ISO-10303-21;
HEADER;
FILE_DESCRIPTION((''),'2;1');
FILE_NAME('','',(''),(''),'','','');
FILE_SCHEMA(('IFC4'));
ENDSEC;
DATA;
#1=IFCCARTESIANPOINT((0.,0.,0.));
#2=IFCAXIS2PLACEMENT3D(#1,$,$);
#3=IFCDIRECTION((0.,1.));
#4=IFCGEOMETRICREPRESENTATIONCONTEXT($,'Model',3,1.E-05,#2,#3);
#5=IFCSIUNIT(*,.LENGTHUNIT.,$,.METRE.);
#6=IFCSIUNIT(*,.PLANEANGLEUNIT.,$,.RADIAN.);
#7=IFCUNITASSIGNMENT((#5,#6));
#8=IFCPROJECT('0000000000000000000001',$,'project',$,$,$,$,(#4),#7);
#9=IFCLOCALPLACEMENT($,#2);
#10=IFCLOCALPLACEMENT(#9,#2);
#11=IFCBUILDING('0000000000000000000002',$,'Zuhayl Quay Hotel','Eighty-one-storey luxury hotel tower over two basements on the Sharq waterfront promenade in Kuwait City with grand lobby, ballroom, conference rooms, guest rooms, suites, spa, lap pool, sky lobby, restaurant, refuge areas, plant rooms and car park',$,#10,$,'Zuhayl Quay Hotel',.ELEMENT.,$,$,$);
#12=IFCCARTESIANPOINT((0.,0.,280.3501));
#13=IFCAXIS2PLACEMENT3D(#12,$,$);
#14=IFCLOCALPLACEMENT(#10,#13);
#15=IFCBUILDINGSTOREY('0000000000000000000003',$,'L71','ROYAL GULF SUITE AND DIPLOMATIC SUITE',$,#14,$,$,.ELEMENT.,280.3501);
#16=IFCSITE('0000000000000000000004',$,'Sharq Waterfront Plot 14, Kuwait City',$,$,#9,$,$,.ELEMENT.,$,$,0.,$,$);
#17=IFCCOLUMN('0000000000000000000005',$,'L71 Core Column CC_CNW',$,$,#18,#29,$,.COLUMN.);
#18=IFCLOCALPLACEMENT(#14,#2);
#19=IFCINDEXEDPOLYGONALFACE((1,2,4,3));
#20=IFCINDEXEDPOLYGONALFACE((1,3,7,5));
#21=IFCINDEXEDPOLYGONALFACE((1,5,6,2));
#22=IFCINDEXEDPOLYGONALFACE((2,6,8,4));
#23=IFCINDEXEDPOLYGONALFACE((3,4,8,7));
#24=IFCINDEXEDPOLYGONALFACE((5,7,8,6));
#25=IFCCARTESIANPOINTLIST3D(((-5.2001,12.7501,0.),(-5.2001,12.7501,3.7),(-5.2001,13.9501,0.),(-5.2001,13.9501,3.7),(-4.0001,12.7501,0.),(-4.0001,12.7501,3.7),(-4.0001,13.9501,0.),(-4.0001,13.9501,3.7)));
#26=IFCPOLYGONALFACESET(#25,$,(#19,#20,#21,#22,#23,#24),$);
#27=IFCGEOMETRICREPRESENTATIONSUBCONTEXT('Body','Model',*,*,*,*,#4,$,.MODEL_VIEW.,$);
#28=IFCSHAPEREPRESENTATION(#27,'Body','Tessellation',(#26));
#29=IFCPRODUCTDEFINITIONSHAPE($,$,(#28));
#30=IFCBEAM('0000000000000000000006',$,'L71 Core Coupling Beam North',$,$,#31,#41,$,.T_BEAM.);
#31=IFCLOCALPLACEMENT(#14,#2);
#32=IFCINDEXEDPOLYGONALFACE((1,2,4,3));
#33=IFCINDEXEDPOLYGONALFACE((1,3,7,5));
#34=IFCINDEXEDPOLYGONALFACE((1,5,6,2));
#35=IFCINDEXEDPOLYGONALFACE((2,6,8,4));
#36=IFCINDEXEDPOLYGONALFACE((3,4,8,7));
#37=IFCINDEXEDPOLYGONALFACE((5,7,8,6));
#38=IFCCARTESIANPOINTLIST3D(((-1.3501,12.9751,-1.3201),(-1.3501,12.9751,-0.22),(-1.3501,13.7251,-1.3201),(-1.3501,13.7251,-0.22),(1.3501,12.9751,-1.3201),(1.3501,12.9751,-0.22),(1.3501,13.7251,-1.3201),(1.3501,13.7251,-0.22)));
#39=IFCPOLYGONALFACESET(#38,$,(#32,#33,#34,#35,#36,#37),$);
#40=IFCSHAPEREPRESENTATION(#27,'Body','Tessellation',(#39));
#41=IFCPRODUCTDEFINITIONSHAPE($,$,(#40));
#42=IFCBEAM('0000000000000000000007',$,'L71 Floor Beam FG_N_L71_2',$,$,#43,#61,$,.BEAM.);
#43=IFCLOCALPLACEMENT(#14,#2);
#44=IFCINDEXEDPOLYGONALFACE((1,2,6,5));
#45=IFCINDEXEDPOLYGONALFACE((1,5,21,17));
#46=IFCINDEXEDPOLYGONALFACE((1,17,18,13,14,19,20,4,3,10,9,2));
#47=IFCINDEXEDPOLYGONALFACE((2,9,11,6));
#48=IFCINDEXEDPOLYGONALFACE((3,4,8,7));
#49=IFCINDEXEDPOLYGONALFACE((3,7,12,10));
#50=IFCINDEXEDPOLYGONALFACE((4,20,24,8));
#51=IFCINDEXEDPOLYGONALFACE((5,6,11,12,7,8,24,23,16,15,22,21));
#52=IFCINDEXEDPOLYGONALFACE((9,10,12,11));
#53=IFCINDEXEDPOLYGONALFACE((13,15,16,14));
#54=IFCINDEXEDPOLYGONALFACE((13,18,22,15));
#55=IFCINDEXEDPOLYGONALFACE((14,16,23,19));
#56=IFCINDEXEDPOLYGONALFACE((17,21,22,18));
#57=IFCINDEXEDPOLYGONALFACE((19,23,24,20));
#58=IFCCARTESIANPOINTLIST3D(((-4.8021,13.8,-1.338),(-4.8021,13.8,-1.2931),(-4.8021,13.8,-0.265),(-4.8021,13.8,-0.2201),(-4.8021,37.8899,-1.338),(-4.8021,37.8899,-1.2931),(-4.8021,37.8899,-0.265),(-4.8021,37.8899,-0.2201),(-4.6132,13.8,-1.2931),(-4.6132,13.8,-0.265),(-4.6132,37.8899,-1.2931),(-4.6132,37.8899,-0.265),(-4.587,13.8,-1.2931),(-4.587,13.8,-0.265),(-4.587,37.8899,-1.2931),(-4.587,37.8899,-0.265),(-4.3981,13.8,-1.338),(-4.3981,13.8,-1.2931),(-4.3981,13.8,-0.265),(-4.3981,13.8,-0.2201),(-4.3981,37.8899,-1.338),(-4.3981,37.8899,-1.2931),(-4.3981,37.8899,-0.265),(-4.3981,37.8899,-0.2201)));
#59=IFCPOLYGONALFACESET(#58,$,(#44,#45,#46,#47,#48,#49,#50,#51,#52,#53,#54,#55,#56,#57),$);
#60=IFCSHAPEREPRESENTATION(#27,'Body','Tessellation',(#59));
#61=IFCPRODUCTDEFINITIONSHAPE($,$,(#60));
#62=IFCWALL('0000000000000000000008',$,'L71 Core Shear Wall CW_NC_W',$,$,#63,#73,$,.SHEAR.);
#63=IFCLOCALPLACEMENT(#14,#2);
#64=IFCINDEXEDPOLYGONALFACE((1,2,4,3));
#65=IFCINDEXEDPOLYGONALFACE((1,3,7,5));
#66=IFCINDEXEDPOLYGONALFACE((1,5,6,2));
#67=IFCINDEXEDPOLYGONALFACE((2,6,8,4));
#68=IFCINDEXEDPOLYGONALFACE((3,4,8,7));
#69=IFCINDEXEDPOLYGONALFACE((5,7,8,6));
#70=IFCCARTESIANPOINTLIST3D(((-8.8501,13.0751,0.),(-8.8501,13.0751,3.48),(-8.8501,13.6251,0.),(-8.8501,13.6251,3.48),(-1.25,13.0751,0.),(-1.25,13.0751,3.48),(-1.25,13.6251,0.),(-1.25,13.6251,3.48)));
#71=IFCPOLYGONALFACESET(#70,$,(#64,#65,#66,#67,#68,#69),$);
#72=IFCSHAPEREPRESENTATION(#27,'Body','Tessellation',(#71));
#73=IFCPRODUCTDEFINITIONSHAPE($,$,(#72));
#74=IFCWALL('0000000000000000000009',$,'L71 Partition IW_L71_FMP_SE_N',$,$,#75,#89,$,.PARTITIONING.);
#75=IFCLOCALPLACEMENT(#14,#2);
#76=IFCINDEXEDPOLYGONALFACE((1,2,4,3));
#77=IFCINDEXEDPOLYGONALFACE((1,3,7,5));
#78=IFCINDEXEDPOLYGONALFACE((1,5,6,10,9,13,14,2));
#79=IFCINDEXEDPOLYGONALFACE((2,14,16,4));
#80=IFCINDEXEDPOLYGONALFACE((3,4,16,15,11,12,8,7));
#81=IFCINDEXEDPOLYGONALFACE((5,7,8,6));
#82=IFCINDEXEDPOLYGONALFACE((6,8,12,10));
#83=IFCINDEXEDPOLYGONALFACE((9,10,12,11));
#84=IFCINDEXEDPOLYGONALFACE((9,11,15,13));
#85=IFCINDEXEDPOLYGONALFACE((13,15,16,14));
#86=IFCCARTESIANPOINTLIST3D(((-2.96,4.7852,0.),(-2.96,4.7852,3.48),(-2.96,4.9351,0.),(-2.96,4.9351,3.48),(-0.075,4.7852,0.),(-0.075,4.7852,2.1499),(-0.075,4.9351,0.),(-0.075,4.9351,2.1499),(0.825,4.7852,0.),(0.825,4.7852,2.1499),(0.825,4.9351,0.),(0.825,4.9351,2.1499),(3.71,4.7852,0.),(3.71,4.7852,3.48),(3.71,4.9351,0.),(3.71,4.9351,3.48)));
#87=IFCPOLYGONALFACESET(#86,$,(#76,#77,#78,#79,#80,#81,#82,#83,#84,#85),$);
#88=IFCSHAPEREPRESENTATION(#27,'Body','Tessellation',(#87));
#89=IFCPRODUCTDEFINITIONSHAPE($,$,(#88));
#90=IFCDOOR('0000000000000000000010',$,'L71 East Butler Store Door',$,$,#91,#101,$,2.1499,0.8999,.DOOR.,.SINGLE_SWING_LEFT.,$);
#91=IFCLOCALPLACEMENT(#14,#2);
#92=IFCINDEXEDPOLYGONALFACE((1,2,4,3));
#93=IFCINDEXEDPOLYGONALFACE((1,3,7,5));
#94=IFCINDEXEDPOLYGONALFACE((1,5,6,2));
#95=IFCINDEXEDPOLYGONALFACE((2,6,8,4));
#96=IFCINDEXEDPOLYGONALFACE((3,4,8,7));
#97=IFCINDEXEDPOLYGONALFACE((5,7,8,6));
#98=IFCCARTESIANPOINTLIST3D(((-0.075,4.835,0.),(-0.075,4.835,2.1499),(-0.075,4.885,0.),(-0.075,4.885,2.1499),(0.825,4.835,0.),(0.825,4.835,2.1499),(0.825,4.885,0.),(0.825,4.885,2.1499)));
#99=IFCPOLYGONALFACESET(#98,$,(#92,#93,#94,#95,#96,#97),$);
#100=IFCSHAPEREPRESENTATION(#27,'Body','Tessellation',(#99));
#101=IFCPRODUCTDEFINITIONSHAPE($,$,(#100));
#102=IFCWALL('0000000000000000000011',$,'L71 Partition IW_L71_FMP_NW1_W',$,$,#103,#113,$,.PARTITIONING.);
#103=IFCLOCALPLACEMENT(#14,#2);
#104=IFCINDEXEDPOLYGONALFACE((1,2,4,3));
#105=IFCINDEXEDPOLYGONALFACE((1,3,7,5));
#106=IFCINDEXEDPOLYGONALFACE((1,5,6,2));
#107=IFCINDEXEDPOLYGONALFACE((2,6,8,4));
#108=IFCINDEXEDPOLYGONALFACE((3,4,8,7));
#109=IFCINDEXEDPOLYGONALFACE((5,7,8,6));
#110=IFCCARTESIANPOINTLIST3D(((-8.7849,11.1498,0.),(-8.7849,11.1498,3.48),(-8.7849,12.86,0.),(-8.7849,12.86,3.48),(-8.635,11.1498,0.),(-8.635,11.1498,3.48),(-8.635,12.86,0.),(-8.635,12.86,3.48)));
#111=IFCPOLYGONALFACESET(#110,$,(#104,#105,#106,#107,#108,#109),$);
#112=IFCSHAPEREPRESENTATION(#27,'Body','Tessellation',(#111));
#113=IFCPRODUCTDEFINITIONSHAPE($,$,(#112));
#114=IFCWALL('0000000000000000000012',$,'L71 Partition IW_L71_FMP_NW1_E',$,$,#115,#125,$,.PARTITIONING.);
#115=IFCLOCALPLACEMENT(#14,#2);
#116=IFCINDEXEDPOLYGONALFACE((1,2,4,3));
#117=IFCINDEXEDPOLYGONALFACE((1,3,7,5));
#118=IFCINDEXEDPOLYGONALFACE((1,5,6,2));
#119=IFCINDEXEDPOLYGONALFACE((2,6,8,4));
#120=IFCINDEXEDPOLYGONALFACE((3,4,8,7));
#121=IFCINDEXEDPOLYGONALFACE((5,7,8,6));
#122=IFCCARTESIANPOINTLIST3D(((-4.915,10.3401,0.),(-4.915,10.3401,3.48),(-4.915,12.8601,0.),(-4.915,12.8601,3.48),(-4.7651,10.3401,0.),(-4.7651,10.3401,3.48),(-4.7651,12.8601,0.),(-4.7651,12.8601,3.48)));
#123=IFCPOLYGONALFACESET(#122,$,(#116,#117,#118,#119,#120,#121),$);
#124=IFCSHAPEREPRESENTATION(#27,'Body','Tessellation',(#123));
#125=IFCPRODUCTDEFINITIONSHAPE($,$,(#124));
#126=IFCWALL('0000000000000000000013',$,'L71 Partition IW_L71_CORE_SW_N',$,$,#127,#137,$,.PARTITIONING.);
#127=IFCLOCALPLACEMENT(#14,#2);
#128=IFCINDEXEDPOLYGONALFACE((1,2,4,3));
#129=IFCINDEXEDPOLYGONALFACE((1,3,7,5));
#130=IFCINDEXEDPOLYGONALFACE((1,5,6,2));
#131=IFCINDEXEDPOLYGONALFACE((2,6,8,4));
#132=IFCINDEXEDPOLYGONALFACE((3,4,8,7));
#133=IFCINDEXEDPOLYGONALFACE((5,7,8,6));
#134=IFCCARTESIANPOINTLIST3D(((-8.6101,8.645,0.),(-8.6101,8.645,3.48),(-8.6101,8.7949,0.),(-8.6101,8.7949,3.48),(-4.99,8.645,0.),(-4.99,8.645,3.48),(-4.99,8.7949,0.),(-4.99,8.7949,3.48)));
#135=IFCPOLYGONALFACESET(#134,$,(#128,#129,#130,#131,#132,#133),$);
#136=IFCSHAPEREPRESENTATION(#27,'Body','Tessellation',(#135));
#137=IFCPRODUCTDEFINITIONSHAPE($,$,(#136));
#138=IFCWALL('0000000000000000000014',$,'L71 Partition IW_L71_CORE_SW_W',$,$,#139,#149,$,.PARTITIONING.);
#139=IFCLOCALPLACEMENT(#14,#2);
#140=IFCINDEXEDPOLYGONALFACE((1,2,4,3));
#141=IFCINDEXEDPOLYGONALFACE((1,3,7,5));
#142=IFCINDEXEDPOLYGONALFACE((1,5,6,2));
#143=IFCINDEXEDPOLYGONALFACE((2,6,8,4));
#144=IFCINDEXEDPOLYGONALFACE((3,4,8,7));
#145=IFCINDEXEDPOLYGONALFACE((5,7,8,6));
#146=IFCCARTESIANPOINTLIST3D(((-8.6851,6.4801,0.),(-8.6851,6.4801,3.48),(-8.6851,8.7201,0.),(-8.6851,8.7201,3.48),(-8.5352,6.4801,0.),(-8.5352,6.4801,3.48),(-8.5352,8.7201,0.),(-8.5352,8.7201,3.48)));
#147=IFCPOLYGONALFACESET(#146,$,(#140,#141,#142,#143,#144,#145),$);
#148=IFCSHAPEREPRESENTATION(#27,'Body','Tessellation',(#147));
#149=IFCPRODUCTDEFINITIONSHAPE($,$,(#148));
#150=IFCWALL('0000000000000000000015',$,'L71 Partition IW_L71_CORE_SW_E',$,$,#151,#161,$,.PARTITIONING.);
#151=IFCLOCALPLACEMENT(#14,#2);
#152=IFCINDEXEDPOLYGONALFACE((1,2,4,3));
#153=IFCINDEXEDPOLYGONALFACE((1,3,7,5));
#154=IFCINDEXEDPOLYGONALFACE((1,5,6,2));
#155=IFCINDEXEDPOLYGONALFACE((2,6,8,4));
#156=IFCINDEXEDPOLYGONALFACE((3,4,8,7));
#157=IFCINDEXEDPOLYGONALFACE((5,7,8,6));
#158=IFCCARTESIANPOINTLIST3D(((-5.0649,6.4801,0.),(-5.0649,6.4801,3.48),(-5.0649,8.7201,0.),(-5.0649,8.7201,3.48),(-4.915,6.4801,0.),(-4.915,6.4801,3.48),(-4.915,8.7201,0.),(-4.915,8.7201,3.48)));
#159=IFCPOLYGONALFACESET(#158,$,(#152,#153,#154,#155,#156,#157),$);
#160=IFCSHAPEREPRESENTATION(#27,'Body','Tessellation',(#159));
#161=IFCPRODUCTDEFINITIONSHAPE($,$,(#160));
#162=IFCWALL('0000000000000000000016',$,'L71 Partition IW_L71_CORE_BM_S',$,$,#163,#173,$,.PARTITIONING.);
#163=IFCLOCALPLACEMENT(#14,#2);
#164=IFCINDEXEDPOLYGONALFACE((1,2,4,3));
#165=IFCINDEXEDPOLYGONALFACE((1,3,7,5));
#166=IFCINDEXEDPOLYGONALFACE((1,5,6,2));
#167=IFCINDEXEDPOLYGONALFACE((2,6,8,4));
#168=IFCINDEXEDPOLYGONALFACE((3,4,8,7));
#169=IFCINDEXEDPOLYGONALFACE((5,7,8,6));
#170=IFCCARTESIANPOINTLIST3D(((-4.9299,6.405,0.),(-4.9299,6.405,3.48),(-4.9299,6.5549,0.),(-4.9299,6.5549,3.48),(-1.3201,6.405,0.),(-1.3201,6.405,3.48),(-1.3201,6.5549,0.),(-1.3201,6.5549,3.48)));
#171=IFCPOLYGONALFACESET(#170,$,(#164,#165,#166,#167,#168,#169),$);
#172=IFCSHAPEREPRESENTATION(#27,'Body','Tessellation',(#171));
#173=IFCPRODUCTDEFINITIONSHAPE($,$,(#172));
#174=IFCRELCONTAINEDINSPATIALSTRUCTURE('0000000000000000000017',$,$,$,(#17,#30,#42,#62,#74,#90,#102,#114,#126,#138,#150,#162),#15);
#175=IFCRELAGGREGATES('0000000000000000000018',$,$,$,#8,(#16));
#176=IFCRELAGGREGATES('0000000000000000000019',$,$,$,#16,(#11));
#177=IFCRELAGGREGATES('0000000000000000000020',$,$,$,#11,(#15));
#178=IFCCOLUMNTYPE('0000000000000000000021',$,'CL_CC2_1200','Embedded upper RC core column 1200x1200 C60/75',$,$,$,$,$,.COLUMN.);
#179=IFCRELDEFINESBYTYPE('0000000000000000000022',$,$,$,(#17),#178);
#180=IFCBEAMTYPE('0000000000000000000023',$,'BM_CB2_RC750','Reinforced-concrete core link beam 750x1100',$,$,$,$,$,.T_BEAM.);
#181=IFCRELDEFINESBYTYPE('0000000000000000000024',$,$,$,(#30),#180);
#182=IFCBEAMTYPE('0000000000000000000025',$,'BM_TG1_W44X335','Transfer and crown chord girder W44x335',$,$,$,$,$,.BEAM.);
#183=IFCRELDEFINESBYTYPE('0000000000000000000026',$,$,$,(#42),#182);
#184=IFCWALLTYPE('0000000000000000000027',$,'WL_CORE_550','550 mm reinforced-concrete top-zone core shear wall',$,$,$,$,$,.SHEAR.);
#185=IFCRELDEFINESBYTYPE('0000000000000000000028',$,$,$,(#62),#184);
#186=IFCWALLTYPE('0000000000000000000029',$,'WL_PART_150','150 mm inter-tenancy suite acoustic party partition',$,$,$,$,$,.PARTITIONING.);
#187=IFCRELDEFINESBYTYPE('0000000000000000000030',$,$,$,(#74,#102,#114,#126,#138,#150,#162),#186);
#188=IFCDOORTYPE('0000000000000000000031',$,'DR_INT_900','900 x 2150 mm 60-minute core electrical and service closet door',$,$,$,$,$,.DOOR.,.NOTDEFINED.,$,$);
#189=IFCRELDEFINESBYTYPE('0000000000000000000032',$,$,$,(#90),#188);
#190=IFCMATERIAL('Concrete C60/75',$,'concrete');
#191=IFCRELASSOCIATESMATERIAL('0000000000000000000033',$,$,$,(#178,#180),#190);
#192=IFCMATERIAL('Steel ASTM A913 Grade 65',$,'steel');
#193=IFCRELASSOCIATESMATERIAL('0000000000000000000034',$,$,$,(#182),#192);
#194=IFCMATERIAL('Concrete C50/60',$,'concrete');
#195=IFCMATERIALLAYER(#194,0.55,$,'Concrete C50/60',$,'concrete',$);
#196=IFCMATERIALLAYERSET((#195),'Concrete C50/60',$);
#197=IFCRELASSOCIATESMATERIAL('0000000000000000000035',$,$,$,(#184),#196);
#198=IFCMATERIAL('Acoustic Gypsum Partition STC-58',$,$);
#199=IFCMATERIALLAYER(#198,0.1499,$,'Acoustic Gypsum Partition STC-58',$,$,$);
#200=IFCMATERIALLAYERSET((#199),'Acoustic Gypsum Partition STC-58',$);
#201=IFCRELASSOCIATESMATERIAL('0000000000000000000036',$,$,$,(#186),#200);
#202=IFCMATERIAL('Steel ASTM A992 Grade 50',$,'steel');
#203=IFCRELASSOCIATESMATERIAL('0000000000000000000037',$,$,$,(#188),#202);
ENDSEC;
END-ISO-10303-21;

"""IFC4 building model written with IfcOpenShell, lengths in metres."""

from ifc_helpers import new_model, si_unit, direction, frame, frame_2d, origin, origin_2d, place, context, subcontext, project, spatial, rectangle, i_section, extrude, material, layer, layer_set, material_profile, profile_set, type_object, element, fill, save


model = new_model("IFC4")

# Units and contexts
model_context = context("Model", 3, precision=1e-05, world=origin(), true_north=direction((0.0, 1.0)))
body_context = subcontext(model_context, "Body", "Model", "MODEL_VIEW")
ifc_project = project(units=[si_unit("LENGTHUNIT", "METRE"), si_unit("PLANEANGLEUNIT", "RADIAN")], contexts=[model_context])

# Site, building, storey
site_placement = place(None, origin())
site = spatial("IfcSite", under=ifc_project, at=site_placement, Name="Sharq Waterfront Plot 14, Kuwait City", CompositionType="ELEMENT", RefElevation=0.0)
building_placement = place(site_placement, origin())
building = spatial("IfcBuilding", under=site, at=building_placement, Name="Zuhayl Quay Hotel", Description="Eighty-one-storey luxury hotel tower over two basements on the Sharq waterfront promenade in Kuwait City with grand lobby, ballroom, conference rooms, guest rooms, suites, spa, lap pool, sky lobby, restaurant, refuge areas, plant rooms and car park", LongName="Zuhayl Quay Hotel", CompositionType="ELEMENT")
storey_placement = place(building_placement, frame((0.0, 0.0, 280.3501)))
storey = spatial("IfcBuildingStorey", under=building, at=storey_placement, Name="L71", Description="ROYAL GULF SUITE AND DIPLOMATIC SUITE", CompositionType="ELEMENT", Elevation=280.3501)

# Column
ifc_material_1 = material(Name="Concrete C60/75", Category="concrete")
ifc_material_profile_1 = material_profile(ifc_material_1, rectangle(XDim=1.2, YDim=1.2, at=origin_2d()), Name="RC1200X1200")
ifc_profile_set_1 = profile_set([ifc_material_profile_1], Name="Concrete C60/75")
column_type = type_object("IfcColumnType", Name="CL_CC2_1200", Description="Embedded upper RC core column 1200x1200 C60/75", PredefinedType="COLUMN", material=ifc_profile_set_1)
column_placement = place(storey_placement, frame((-4.6001, 13.3501, 0.0), z_axis=(0.0, 0.0, 1.0), x_axis=(1.0, 0.0, 0.0)))
element("IfcColumn", 1, at=column_placement, inside=storey, type_object=column_type, Name="L71 Core Column CC_CNW", PredefinedType="COLUMN", context=body_context, shape_type="SweptSolid", body=[
    extrude(rectangle(XDim=1.2, YDim=1.2, at=origin_2d()), origin(), (0.0, 0.0, 1.0), 3.7),
])

# Beams
ifc_material_profile_2 = material_profile(ifc_material_1, rectangle(XDim=0.75, YDim=1.1001, at=origin_2d()), Name="RC750X1100")
ifc_profile_set_2 = profile_set([ifc_material_profile_2], Name="Concrete C60/75")
beam_type_1 = type_object("IfcBeamType", Name="BM_CB2_RC750", Description="Reinforced-concrete core link beam 750x1100", PredefinedType="T_BEAM", material=ifc_profile_set_2)
beam_1_placement = place(storey_placement, frame((-1.3501, 13.3501, -0.77), z_axis=(1.0, 0.0, 0.0), x_axis=(0.0, 1.0, 0.0)))
element("IfcBeam", 2, at=beam_1_placement, inside=storey, type_object=beam_type_1, Name="L71 Core Coupling Beam North", PredefinedType="T_BEAM", context=body_context, shape_type="SweptSolid", body=[
    extrude(rectangle(XDim=0.75, YDim=1.1001, at=origin_2d()), origin(), (0.0, 0.0, 1.0), 2.7002),
])
ifc_material_2 = material(Name="Steel ASTM A913 Grade 65", Category="steel")
ifc_material_profile_3 = material_profile(ifc_material_2, i_section(OverallWidth=0.4041, OverallDepth=1.1179, WebThickness=0.0261, FlangeThickness=0.0449, at=origin_2d()), Name="W44X335")
ifc_profile_set_3 = profile_set([ifc_material_profile_3], Name="Steel ASTM A913 Grade 65")
beam_type_2 = type_object("IfcBeamType", Name="BM_TG1_W44X335", Description="Transfer and crown chord girder W44x335", PredefinedType="BEAM", material=ifc_profile_set_3)
beam_2_placement = place(storey_placement, frame((-4.6001, 13.8, -0.7791), z_axis=(0.0, 1.0, 0.0), x_axis=(-1.0, 0.0, 0.0)))
element("IfcBeam", 3, at=beam_2_placement, inside=storey, type_object=beam_type_2, Name="L71 Floor Beam FG_N_L71_2", PredefinedType="BEAM", context=body_context, shape_type="SweptSolid", body=[
    extrude(i_section(OverallWidth=0.4041, OverallDepth=1.1179, WebThickness=0.0261, FlangeThickness=0.0449, at=origin_2d()), origin(), (0.0, 0.0, 1.0), 24.0898),
])

# Wall
ifc_material_3 = material(Name="Concrete C50/60", Category="concrete")
ifc_layer_1 = layer(ifc_material_3, 0.55, Name="Concrete C50/60", Category="concrete")
ifc_layer_set_1 = layer_set([ifc_layer_1], Name="Concrete C50/60")
wall_type_1 = type_object("IfcWallType", Name="WL_CORE_550", Description="550 mm reinforced-concrete top-zone core shear wall", PredefinedType="SHEAR", material=ifc_layer_set_1)
wall_1_placement = place(storey_placement, frame((-8.8501, 13.3501, 0.0), z_axis=(0.0, 0.0, 1.0), x_axis=(1.0, 0.0, 0.0)))
element("IfcWall", 4, at=wall_1_placement, inside=storey, type_object=wall_type_1, Name="L71 Core Shear Wall CW_NC_W", PredefinedType="SHEAR", context=body_context, shape_type="SweptSolid", body=[
    extrude(rectangle(XDim=7.6001, YDim=0.55, at=frame_2d((3.8, 0.0))), origin(), (0.0, 0.0, 1.0), 3.48),
])

# Wall, opening, door
ifc_material_4 = material(Name="Acoustic Gypsum Partition STC-58")
ifc_layer_2 = layer(ifc_material_4, 0.1499, Name="Acoustic Gypsum Partition STC-58")
ifc_layer_set_2 = layer_set([ifc_layer_2], Name="Acoustic Gypsum Partition STC-58")
wall_type_2 = type_object("IfcWallType", Name="WL_PART_150", Description="150 mm inter-tenancy suite acoustic party partition", PredefinedType="PARTITIONING", material=ifc_layer_set_2)
wall_2_placement = place(storey_placement, frame((-2.96, 4.8601, 0.0), z_axis=(0.0, 0.0, 1.0), x_axis=(1.0, 0.0, 0.0)))
wall_2 = element("IfcWall", 5, at=wall_2_placement, inside=storey, type_object=wall_type_2, Name="L71 Partition IW_L71_FMP_SE_N", PredefinedType="PARTITIONING", context=body_context, shape_type="SweptSolid", body=[
    extrude(rectangle(XDim=6.6699, YDim=0.1499, at=frame_2d((3.335, 0.0))), origin(), (0.0, 0.0, 1.0), 3.48),
])
opening_1_placement = place(wall_2_placement, frame((2.885, 0.0, 0.0)))
opening_1 = element("IfcOpeningElement", 6, at=opening_1_placement, cuts=wall_2, PredefinedType="OPENING", context=body_context, shape_type="SweptSolid", body=[
    extrude(rectangle(XDim=0.8999, YDim=2.1499, at=frame_2d((0.45, 1.075))), frame((0.0, 0.085, 0.0), z_axis=(0.0, -1.0, 0.0), x_axis=(1.0, 0.0, 0.0)), (0.0, 0.0, 1.0), 0.1699),
])
ifc_material_5 = material(Name="Steel ASTM A992 Grade 50", Category="steel")
door_type_1 = type_object("IfcDoorType", Name="DR_INT_900", Description="900 x 2150 mm 60-minute core electrical and service closet door", OperationType="NOTDEFINED", PredefinedType="DOOR", material=ifc_material_5)
door_1_placement = place(opening_1_placement, origin())
door_1 = element("IfcDoor", 7, at=door_1_placement, inside=storey, type_object=door_type_1, Name="L71 East Butler Store Door", OperationType="SINGLE_SWING_LEFT", OverallHeight=2.1499, OverallWidth=0.8999, PredefinedType="DOOR", context=body_context, shape_type="SweptSolid", body=[
    extrude(rectangle(XDim=0.8999, YDim=2.1499, at=frame_2d((0.45, 1.075))), frame((0.0, 0.0249, 0.0), z_axis=(0.0, -1.0, 0.0), x_axis=(1.0, 0.0, 0.0)), (0.0, 0.0, 1.0), 0.05),
])
fill(opening_1, door_1)

# Walls
wall_3_placement = place(storey_placement, frame((-8.71, 11.1499, 0.0), z_axis=(0.0, 0.0, 1.0), x_axis=(0.0, 1.0, 0.0)))
element("IfcWall", 8, at=wall_3_placement, inside=storey, type_object=wall_type_2, Name="L71 Partition IW_L71_FMP_NW1_W", PredefinedType="PARTITIONING", context=body_context, shape_type="SweptSolid", body=[
    extrude(rectangle(XDim=1.7102, YDim=0.1499, at=frame_2d((0.855, 0.0))), origin(), (0.0, 0.0, 1.0), 3.48),
])
wall_4_placement = place(storey_placement, frame((-4.8401, 10.3401, 0.0), z_axis=(0.0, 0.0, 1.0), x_axis=(0.0, 1.0, 0.0)))
element("IfcWall", 9, at=wall_4_placement, inside=storey, type_object=wall_type_2, Name="L71 Partition IW_L71_FMP_NW1_E", PredefinedType="PARTITIONING", context=body_context, shape_type="SweptSolid", body=[
    extrude(rectangle(XDim=2.52, YDim=0.1499, at=frame_2d((1.26, 0.0))), origin(), (0.0, 0.0, 1.0), 3.48),
])
wall_5_placement = place(storey_placement, frame((-8.6101, 8.72, 0.0), z_axis=(0.0, 0.0, 1.0), x_axis=(1.0, 0.0, 0.0)))
element("IfcWall", 10, at=wall_5_placement, inside=storey, type_object=wall_type_2, Name="L71 Partition IW_L71_CORE_SW_N", PredefinedType="PARTITIONING", context=body_context, shape_type="SweptSolid", body=[
    extrude(rectangle(XDim=3.6201, YDim=0.1499, at=frame_2d((1.8101, 0.0))), origin(), (0.0, 0.0, 1.0), 3.48),
])
for number, where, z_axis, x_axis, name in (
    (11, (-8.6101, 6.48, 0.0), (0.0, 0.0, 1.0), (0.0, 1.0, 0.0), "L71 Partition IW_L71_CORE_SW_W"),
    (12, (-4.99, 6.48, 0.0), (0.0, 0.0, 1.0), (0.0, 1.0, 0.0), "L71 Partition IW_L71_CORE_SW_E"),
):
    element("IfcWall", number, at=place(storey_placement, frame(where, z_axis=z_axis, x_axis=x_axis)), inside=storey, type_object=wall_type_2, Name=name, PredefinedType="PARTITIONING", context=body_context, shape_type="SweptSolid", body=[
        extrude(rectangle(XDim=2.24, YDim=0.1499, at=frame_2d((1.1201, 0.0))), origin(), (0.0, 0.0, 1.0), 3.48),
    ])
wall_6_placement = place(storey_placement, frame((-4.9299, 6.48, 0.0), z_axis=(0.0, 0.0, 1.0), x_axis=(1.0, 0.0, 0.0)))
element("IfcWall", 13, at=wall_6_placement, inside=storey, type_object=wall_type_2, Name="L71 Partition IW_L71_CORE_BM_S", PredefinedType="PARTITIONING", context=body_context, shape_type="SweptSolid", body=[
    extrude(rectangle(XDim=3.6099, YDim=0.1499, at=frame_2d((1.8049, 0.0))), origin(), (0.0, 0.0, 1.0), 3.48),
])

save(model, "model.ifc")
